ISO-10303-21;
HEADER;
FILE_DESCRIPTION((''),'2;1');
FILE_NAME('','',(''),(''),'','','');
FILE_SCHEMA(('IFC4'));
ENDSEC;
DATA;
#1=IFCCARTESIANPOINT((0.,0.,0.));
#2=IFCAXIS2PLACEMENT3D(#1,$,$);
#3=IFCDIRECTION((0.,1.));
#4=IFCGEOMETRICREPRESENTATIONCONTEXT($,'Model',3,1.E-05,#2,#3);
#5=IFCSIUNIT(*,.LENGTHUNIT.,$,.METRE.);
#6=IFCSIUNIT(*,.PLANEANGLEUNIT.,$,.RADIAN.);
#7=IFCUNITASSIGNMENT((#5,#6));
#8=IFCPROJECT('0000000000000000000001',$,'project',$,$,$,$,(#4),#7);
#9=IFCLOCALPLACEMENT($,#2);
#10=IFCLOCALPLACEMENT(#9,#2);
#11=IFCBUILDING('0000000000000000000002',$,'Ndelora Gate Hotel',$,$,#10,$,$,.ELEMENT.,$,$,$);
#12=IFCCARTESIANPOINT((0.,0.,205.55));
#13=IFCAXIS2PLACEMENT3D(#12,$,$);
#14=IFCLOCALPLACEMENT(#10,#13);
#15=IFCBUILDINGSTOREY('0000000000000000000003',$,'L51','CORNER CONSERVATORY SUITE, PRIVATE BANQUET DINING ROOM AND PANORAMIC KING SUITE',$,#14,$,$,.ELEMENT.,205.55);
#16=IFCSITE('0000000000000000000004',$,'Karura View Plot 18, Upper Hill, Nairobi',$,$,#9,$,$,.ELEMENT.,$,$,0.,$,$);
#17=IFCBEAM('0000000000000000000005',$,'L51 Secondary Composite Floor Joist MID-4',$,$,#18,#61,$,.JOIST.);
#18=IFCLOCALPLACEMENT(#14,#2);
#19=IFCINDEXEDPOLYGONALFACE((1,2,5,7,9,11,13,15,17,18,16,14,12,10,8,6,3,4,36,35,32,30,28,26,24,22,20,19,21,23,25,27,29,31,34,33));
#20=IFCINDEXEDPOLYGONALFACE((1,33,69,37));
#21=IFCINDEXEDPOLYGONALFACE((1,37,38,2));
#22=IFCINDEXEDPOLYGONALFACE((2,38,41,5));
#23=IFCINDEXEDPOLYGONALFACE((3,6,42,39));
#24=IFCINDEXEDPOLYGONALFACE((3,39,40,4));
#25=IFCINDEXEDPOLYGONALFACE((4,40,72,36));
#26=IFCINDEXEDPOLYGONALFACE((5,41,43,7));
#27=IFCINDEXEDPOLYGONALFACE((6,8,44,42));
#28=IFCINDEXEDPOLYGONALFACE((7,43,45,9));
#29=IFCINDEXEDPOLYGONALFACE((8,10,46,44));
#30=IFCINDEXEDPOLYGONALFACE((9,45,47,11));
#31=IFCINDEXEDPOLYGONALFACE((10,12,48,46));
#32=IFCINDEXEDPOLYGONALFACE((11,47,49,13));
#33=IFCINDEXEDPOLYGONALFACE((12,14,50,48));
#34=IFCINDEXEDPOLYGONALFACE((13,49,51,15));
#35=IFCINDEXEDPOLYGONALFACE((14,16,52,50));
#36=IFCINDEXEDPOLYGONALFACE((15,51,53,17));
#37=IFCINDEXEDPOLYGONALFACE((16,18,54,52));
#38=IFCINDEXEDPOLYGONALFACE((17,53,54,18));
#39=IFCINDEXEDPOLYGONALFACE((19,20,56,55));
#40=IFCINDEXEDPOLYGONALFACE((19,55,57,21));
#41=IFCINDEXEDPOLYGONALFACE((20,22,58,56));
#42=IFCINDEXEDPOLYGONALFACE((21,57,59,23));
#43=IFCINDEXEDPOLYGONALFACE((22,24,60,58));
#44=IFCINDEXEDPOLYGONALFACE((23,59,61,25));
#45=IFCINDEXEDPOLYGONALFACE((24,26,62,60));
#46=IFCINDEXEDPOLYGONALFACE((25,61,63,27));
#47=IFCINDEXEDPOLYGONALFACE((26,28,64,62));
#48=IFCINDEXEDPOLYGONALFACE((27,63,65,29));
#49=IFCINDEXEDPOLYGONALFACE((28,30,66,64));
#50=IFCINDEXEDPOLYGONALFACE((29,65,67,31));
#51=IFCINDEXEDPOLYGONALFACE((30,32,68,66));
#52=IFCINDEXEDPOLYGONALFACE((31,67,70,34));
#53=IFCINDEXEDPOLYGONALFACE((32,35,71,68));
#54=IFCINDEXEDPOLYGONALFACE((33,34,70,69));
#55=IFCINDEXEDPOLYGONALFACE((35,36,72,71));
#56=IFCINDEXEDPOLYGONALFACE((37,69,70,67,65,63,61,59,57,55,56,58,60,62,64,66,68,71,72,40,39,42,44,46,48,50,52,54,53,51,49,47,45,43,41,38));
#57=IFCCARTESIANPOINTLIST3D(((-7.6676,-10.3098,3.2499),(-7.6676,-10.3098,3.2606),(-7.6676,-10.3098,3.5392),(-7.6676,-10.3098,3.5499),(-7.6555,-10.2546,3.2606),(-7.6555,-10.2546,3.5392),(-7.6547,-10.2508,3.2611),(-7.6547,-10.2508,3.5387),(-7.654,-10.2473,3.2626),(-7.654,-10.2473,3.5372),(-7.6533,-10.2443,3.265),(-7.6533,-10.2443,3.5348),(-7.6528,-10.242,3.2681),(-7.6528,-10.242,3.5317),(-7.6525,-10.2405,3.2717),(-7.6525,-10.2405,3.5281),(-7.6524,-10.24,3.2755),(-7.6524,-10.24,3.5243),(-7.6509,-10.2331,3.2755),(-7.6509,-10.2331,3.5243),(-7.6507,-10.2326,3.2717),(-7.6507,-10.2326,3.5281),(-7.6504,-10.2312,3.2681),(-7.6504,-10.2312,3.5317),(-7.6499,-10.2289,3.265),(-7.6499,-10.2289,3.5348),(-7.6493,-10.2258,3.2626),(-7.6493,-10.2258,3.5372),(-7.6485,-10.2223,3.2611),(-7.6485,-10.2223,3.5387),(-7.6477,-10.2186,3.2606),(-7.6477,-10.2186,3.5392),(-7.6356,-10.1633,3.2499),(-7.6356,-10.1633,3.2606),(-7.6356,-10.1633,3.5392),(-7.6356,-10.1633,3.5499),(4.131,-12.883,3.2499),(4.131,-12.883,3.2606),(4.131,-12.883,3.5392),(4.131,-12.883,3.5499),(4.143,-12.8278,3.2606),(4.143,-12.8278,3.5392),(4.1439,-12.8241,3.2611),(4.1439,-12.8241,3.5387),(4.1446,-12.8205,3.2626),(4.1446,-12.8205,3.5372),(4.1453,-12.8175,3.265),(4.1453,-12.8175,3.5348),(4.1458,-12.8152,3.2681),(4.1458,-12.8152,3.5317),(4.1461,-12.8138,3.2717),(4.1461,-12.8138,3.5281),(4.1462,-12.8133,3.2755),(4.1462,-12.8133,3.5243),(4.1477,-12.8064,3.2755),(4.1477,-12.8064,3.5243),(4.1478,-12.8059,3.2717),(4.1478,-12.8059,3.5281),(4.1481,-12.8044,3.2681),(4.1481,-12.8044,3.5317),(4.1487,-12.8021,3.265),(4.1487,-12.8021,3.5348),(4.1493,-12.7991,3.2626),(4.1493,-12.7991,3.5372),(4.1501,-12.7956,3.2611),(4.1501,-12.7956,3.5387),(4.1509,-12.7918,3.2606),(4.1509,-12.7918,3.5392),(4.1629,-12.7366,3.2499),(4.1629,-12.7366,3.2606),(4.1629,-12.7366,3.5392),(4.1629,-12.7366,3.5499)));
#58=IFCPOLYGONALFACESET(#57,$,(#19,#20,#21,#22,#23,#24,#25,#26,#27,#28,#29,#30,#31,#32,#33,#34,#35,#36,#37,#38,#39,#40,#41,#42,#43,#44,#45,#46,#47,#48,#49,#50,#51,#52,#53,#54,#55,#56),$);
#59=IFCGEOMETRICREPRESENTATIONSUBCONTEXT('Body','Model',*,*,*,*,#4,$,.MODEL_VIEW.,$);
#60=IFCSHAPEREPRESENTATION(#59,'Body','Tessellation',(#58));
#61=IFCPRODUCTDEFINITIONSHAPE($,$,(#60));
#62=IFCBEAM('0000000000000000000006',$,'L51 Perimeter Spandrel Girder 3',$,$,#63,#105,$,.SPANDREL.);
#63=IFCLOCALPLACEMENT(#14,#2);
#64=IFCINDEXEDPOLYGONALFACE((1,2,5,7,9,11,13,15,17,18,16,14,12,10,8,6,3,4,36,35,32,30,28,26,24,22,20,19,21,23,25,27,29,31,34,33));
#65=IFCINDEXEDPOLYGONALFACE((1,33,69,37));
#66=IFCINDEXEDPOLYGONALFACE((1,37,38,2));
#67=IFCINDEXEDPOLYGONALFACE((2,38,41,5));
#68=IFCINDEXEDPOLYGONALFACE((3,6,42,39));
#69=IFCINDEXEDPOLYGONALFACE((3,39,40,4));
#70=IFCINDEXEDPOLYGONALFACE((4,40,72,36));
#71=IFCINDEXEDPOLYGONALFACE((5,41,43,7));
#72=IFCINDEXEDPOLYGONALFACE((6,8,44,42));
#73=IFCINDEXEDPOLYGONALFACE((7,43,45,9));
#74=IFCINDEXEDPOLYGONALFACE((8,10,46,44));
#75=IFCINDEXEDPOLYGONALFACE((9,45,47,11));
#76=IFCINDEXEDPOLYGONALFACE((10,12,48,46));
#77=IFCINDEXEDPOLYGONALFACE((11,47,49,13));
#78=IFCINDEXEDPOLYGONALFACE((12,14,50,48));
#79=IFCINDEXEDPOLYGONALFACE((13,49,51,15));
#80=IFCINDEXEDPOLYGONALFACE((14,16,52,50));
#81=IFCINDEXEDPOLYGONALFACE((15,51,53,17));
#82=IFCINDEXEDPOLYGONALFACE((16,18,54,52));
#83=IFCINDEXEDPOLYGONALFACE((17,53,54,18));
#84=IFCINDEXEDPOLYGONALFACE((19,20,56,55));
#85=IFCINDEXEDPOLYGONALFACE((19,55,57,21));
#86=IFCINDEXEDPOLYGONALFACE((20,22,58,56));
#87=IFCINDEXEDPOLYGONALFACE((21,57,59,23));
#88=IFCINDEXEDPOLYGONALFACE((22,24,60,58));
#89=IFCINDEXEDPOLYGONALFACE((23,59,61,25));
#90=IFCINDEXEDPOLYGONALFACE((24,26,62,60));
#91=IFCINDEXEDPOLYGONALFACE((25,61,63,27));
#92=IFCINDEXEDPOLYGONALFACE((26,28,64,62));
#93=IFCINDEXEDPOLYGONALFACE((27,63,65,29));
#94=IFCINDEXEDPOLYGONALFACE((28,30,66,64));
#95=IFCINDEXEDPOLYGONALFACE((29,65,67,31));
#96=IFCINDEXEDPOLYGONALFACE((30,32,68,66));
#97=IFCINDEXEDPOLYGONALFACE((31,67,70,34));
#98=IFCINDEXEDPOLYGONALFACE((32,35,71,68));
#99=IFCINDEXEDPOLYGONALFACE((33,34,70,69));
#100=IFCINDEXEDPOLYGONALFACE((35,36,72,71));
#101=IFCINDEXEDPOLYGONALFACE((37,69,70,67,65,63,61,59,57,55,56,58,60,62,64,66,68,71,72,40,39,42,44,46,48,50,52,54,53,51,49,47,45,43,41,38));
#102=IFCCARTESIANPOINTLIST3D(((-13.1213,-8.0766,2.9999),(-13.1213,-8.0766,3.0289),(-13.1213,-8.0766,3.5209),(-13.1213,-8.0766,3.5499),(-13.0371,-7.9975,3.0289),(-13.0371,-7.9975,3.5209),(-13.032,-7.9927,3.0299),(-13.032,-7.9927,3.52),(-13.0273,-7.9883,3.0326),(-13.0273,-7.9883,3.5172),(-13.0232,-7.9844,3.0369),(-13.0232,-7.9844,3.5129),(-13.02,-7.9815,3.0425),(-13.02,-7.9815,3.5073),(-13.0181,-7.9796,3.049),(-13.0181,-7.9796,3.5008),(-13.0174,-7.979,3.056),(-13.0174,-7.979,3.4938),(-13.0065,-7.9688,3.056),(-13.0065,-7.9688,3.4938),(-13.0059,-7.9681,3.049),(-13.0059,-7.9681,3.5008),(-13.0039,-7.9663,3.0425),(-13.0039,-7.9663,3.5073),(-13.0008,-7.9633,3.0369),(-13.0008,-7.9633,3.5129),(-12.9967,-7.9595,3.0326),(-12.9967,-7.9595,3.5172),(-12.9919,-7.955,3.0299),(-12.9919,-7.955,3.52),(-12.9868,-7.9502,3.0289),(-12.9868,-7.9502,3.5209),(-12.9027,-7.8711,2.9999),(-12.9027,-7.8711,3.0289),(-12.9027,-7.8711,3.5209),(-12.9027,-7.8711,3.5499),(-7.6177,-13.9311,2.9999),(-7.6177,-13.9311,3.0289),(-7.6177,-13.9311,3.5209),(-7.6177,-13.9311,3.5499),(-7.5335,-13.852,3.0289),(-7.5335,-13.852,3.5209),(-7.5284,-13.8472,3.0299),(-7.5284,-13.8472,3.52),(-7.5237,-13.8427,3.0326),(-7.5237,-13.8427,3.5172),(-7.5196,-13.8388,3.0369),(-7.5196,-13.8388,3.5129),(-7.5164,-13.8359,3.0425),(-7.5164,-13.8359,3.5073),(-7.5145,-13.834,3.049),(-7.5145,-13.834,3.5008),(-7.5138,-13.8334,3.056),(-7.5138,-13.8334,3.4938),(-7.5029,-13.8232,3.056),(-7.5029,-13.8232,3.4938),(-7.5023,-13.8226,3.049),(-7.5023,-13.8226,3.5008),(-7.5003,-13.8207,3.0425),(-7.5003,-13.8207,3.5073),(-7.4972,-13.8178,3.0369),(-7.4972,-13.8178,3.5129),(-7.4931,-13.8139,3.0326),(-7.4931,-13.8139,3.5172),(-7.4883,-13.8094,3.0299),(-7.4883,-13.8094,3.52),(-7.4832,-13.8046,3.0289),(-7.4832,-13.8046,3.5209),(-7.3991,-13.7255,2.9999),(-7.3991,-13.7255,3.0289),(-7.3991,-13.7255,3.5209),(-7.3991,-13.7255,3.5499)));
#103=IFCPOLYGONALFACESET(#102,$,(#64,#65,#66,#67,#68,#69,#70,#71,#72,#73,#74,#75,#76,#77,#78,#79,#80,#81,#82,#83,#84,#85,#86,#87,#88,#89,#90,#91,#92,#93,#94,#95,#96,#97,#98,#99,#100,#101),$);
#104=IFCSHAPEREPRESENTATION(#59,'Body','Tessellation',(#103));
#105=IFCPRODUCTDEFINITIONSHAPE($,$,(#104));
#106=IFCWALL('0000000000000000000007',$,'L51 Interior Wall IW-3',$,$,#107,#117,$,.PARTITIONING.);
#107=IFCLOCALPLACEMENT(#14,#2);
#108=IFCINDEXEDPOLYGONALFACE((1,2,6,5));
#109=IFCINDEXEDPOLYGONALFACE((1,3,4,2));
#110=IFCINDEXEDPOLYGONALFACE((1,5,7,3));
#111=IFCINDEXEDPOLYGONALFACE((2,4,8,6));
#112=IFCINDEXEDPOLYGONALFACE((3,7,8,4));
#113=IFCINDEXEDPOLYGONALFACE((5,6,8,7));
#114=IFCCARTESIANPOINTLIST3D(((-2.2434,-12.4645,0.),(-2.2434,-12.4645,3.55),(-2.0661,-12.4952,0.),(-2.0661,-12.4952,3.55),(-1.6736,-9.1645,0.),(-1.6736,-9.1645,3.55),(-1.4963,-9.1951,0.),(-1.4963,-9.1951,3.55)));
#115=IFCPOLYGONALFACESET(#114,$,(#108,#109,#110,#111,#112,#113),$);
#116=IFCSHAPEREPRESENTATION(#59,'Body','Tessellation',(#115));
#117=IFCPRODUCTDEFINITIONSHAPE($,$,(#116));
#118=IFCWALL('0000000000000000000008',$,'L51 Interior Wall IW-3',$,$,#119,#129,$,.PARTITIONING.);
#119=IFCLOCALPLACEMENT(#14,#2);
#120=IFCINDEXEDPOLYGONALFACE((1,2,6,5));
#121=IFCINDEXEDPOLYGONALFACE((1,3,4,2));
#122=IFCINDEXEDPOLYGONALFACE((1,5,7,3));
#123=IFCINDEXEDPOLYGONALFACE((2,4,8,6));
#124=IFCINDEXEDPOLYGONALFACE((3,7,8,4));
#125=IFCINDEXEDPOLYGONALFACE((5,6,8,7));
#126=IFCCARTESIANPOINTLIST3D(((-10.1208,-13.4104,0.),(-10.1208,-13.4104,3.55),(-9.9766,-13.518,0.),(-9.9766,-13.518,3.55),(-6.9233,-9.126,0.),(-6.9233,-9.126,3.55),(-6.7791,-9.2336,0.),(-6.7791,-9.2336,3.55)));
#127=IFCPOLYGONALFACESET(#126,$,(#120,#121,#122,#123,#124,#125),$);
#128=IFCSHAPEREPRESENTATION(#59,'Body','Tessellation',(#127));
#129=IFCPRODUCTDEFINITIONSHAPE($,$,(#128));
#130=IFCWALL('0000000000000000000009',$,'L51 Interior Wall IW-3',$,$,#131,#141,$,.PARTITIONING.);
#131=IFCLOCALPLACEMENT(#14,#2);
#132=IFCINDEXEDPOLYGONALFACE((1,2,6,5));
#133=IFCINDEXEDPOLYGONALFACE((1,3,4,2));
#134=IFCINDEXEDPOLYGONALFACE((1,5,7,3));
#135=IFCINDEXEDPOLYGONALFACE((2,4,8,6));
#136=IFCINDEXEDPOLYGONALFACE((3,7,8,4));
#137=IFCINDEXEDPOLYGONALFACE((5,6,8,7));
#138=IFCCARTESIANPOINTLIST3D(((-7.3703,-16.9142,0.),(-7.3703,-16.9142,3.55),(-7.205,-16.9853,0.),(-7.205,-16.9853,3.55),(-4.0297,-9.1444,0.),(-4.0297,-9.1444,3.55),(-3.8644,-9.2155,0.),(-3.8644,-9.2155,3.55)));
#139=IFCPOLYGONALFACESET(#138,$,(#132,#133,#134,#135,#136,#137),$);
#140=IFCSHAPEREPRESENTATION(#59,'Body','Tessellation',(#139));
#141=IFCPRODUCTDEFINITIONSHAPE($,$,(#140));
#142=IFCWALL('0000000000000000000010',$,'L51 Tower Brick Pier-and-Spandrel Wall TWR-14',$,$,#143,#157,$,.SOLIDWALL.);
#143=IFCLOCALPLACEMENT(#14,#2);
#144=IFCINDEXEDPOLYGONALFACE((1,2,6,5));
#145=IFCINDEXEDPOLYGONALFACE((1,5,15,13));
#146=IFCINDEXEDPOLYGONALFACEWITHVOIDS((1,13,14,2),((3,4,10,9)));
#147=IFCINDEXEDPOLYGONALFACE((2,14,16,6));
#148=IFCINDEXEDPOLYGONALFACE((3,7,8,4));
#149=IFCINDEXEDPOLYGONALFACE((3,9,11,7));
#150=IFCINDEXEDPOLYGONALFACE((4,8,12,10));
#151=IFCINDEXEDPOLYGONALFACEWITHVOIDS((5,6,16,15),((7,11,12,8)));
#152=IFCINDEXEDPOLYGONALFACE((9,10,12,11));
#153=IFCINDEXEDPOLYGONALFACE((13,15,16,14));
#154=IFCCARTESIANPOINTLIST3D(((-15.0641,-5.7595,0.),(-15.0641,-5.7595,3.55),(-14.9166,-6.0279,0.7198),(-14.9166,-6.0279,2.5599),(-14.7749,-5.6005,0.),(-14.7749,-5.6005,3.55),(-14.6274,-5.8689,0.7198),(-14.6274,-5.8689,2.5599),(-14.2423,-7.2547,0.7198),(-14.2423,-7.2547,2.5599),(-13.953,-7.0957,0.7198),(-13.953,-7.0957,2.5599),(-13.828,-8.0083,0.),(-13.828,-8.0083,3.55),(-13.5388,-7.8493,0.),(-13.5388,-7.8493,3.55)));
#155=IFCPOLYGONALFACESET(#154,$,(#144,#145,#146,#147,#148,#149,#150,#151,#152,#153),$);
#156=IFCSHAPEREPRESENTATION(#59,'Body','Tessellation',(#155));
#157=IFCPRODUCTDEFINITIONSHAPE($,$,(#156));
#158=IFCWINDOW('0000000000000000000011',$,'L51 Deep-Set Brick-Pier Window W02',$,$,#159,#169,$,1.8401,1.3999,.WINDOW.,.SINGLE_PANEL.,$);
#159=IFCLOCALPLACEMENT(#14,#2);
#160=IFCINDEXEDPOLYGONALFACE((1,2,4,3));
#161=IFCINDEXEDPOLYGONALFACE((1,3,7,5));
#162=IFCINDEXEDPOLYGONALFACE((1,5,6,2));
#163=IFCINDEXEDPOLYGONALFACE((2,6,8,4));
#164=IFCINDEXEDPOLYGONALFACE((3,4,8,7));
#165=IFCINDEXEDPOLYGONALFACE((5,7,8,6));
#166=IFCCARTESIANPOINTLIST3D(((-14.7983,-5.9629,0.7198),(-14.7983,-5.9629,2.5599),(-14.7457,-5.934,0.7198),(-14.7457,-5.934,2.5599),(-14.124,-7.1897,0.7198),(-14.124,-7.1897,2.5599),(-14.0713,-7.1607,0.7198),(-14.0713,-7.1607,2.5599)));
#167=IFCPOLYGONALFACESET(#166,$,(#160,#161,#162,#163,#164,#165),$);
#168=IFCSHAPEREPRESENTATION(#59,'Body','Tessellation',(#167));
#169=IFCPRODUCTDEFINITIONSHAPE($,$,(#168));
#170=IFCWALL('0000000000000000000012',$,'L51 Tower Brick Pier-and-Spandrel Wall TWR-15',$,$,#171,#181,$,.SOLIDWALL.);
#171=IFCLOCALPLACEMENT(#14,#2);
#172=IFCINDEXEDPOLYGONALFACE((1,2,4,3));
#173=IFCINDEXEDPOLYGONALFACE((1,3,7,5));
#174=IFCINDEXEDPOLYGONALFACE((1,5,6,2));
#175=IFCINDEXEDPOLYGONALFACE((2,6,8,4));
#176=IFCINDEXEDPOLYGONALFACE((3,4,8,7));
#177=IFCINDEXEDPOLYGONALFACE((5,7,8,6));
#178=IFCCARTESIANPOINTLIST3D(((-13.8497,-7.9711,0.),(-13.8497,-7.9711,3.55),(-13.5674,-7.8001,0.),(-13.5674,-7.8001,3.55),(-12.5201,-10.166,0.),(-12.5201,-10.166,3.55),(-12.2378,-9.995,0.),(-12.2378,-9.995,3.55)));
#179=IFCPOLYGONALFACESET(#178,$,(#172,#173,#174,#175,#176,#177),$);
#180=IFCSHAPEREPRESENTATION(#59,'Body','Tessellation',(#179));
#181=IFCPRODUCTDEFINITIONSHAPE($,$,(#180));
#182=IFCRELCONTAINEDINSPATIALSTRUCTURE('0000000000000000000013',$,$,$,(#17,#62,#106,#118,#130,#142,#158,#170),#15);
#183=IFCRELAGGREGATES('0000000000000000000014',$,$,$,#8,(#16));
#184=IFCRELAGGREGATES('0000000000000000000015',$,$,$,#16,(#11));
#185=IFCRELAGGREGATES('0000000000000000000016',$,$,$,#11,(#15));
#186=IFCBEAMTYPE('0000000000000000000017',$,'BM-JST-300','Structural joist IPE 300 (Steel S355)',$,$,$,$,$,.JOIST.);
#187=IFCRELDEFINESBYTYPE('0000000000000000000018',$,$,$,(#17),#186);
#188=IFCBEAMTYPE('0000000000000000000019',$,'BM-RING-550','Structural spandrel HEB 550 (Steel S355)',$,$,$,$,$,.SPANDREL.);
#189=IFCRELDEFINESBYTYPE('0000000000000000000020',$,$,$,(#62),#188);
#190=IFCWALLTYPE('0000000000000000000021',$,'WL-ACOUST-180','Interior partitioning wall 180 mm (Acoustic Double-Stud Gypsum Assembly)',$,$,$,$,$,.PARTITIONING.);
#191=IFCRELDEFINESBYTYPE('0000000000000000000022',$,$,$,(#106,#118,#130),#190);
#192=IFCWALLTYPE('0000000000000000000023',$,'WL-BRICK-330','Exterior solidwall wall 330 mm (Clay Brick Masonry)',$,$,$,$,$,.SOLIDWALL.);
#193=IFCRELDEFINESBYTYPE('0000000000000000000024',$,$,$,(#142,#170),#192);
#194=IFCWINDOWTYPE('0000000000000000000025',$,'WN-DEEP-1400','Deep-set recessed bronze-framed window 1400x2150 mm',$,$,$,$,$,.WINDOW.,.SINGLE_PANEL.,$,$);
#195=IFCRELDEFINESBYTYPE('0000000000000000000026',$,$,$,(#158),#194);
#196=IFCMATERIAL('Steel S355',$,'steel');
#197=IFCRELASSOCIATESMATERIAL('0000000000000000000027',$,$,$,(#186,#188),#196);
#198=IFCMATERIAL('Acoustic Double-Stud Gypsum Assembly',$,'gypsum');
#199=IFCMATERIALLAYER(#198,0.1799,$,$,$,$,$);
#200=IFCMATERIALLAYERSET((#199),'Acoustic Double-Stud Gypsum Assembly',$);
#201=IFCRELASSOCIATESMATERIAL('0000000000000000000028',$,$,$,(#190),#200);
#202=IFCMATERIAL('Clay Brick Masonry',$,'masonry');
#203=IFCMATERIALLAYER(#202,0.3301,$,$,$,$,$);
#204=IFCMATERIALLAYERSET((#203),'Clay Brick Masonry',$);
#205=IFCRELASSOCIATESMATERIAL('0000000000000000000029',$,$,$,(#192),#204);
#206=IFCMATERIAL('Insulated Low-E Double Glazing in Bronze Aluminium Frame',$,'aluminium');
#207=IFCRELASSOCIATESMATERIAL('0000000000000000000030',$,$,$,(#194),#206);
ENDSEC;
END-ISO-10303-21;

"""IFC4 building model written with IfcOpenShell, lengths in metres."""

from ifc_helpers import new_model, si_unit, direction, frame, frame_2d, origin, origin_2d, place, context, subcontext, project, spatial, rectangle, i_section, extrude, material, layer, layer_set, material_profile, profile_set, type_object, element, fill, save


model = new_model("IFC4")

# Units and contexts
model_context = context("Model", 3, precision=1e-05, world=origin(), true_north=direction((0.0, 1.0)))
body_context = subcontext(model_context, "Body", "Model", "MODEL_VIEW")
ifc_project = project(units=[si_unit("LENGTHUNIT", "METRE"), si_unit("PLANEANGLEUNIT", "RADIAN")], contexts=[model_context])

# Site, building, storey
site_placement = place(None, origin())
site = spatial("IfcSite", under=ifc_project, at=site_placement, Name="Karura View Plot 18, Upper Hill, Nairobi", CompositionType="ELEMENT", RefElevation=0.0)
building_placement = place(site_placement, origin())
building = spatial("IfcBuilding", under=site, at=building_placement, Name="Ndelora Gate Hotel", CompositionType="ELEMENT")
storey_placement = place(building_placement, frame((0.0, 0.0, 205.55)))
storey = spatial("IfcBuildingStorey", under=building, at=storey_placement, Name="L51", Description="CORNER CONSERVATORY SUITE, PRIVATE BANQUET DINING ROOM AND PANORAMIC KING SUITE", CompositionType="ELEMENT", Elevation=205.55)

# Beams
ifc_material_1 = material(Name="Steel S355", Category="steel")
ifc_material_profile_1 = material_profile(ifc_material_1, i_section(OverallWidth=0.1499, OverallDepth=0.3, WebThickness=0.0071, FlangeThickness=0.0107, FilletRadius=0.0149, at=origin_2d()), Name="IPE 300")
ifc_profile_set_1 = profile_set([ifc_material_profile_1], Name="Steel S355")
beam_type_1 = type_object("IfcBeamType", Name="BM-JST-300", Description="Structural joist IPE 300 (Steel S355)", PredefinedType="JOIST", material=ifc_profile_set_1)
beam_1_placement = place(storey_placement, frame((-7.6516, -10.2366, 3.3999), z_axis=(0.977033, -0.213088, 0.0), x_axis=(0.213088, 0.977033, 0.0)))
element("IfcBeam", 1, at=beam_1_placement, inside=storey, type_object=beam_type_1, Name="L51 Secondary Composite Floor Joist MID-4", PredefinedType="JOIST", context=body_context, shape_type="SweptSolid", body=[
    extrude(i_section(OverallWidth=0.1499, OverallDepth=0.3, WebThickness=0.0071, FlangeThickness=0.0107, FilletRadius=0.0149, at=origin_2d()), origin(), (0.0, 0.0, 1.0), 12.0759),
])
ifc_material_profile_2 = material_profile(ifc_material_1, i_section(OverallWidth=0.3, OverallDepth=0.55, WebThickness=0.0149, FlangeThickness=0.0291, FilletRadius=0.0271, at=origin_2d()), Name="HEB 550")
ifc_profile_set_2 = profile_set([ifc_material_profile_2], Name="Steel S355")
beam_type_2 = type_object("IfcBeamType", Name="BM-RING-550", Description="Structural spandrel HEB 550 (Steel S355)", PredefinedType="SPANDREL", material=ifc_profile_set_2)
beam_2_placement = place(storey_placement, frame((-13.012, -7.9739, 3.2749), z_axis=(0.684939, -0.7286, 0.0), x_axis=(0.7286, 0.684939, 0.0)))
element("IfcBeam", 2, at=beam_2_placement, inside=storey, type_object=beam_type_2, Name="L51 Perimeter Spandrel Girder 3", PredefinedType="SPANDREL", context=body_context, shape_type="SweptSolid", body=[
    extrude(i_section(OverallWidth=0.3, OverallDepth=0.55, WebThickness=0.0149, FlangeThickness=0.0291, FilletRadius=0.0271, at=origin_2d()), origin(), (0.0, 0.0, 1.0), 8.0352),
])

# Walls
ifc_material_2 = material(Name="Acoustic Double-Stud Gypsum Assembly", Category="gypsum")
ifc_layer_1 = layer(ifc_material_2, 0.1799)
ifc_layer_set_1 = layer_set([ifc_layer_1], Name="Acoustic Double-Stud Gypsum Assembly")
wall_type_1 = type_object("IfcWallType", Name="WL-ACOUST-180", Description="Interior partitioning wall 180 mm (Acoustic Double-Stud Gypsum Assembly)", PredefinedType="PARTITIONING", material=ifc_layer_set_1)
wall_1_placement = place(storey_placement, frame((-1.585, -9.1799, 0.0), z_axis=(0.0, 0.0, 1.0), x_axis=(-0.170153, -0.985418, 0.0)))
element("IfcWall", 3, at=wall_1_placement, inside=storey, type_object=wall_type_1, Name="L51 Interior Wall IW-3", PredefinedType="PARTITIONING", context=body_context, shape_type="SweptSolid", body=[
    extrude(rectangle(XDim=3.3489, YDim=0.1799, at=frame_2d((1.6743, 0.0))), origin(), (0.0, 0.0, 1.0), 3.55),
])
wall_2_placement = place(storey_placement, frame((-6.8513, -9.1799, 0.0), z_axis=(0.0, 0.0, 1.0), x_axis=(-0.598106, -0.801417, 0.0)))
element("IfcWall", 4, at=wall_2_placement, inside=storey, type_object=wall_type_1, Name="L51 Interior Wall IW-3", PredefinedType="PARTITIONING", context=body_context, shape_type="SweptSolid", body=[
    extrude(rectangle(XDim=5.3459, YDim=0.1799, at=frame_2d((2.6729, 0.0))), origin(), (0.0, 0.0, 1.0), 3.55),
])
wall_3_placement = place(storey_placement, frame((-3.947, -9.1799, 0.0), z_axis=(0.0, 0.0, 1.0), x_axis=(-0.394985, -0.918688, 0.0)))
element("IfcWall", 5, at=wall_3_placement, inside=storey, type_object=wall_type_1, Name="L51 Interior Wall IW-3", PredefinedType="PARTITIONING", context=body_context, shape_type="SweptSolid", body=[
    extrude(rectangle(XDim=8.4575, YDim=0.1799, at=frame_2d((4.2288, 0.0))), origin(), (0.0, 0.0, 1.0), 3.55),
])

# Wall, opening, window
ifc_material_3 = material(Name="Clay Brick Masonry", Category="masonry")
ifc_layer_2 = layer(ifc_material_3, 0.3301)
ifc_layer_set_2 = layer_set([ifc_layer_2], Name="Clay Brick Masonry")
wall_type_2 = type_object("IfcWallType", Name="WL-BRICK-330", Description="Exterior solidwall wall 330 mm (Clay Brick Masonry)", PredefinedType="SOLIDWALL", material=ifc_layer_set_2)
wall_4_placement = place(storey_placement, frame((-13.6833, -7.929, 0.0), z_axis=(0.0, 0.0, 1.0), x_axis=(-0.481696, 0.876338, 0.0)))
wall_4 = element("IfcWall", 6, at=wall_4_placement, inside=storey, type_object=wall_type_2, Name="L51 Tower Brick Pier-and-Spandrel Wall TWR-14", PredefinedType="SOLIDWALL", context=body_context, shape_type="SweptSolid", body=[
    extrude(rectangle(XDim=2.5662, YDim=0.3301, at=frame_2d((1.2832, 0.0))), origin(), (0.0, 0.0, 1.0), 3.55),
])
opening_1_placement = place(wall_4_placement, frame((0.8601, 0.0, 0.72)))
opening_1 = element("IfcOpeningElement", 7, at=opening_1_placement, cuts=wall_4, PredefinedType="OPENING", context=body_context, shape_type="SweptSolid", body=[
    extrude(rectangle(XDim=1.3999, YDim=1.8401, at=frame_2d((0.7, 0.9199))), frame((0.0, 0.175, 0.0), z_axis=(0.0, -1.0, 0.0), x_axis=(1.0, 0.0, 0.0)), (0.0, 0.0, 1.0), 0.3501),
])
ifc_material_4 = material(Name="Insulated Low-E Double Glazing in Bronze Aluminium Frame", Category="aluminium")
window_type = type_object("IfcWindowType", Name="WN-DEEP-1400", Description="Deep-set recessed bronze-framed window 1400x2150 mm", PartitioningType="SINGLE_PANEL", PredefinedType="WINDOW", material=ifc_material_4)
window_placement = place(opening_1_placement, origin())
window = element("IfcWindow", 8, at=window_placement, inside=storey, type_object=window_type, Name="L51 Deep-Set Brick-Pier Window W02", OverallHeight=1.8401, OverallWidth=1.3999, PartitioningType="SINGLE_PANEL", PredefinedType="WINDOW", context=body_context, shape_type="SweptSolid", body=[
    extrude(rectangle(XDim=1.3999, YDim=1.8401, at=frame_2d((0.7, 0.9199))), frame((0.0, 0.03, 0.0), z_axis=(0.0, -1.0, 0.0), x_axis=(1.0, 0.0, 0.0)), (0.0, 0.0, 1.0), 0.0601),
])
fill(opening_1, window)

# Wall
wall_5_placement = place(storey_placement, frame((-12.3789, -10.0806, 0.0), z_axis=(0.0, 0.0, 1.0), x_axis=(-0.518129, 0.855303, 0.0)))
element("IfcWall", 9, at=wall_5_placement, inside=storey, type_object=wall_type_2, Name="L51 Tower Brick Pier-and-Spandrel Wall TWR-15", PredefinedType="SOLIDWALL", context=body_context, shape_type="SweptSolid", body=[
    extrude(rectangle(XDim=2.5662, YDim=0.3301, at=frame_2d((1.2832, 0.0))), origin(), (0.0, 0.0, 1.0), 3.55),
])

save(model, "model.ifc")
